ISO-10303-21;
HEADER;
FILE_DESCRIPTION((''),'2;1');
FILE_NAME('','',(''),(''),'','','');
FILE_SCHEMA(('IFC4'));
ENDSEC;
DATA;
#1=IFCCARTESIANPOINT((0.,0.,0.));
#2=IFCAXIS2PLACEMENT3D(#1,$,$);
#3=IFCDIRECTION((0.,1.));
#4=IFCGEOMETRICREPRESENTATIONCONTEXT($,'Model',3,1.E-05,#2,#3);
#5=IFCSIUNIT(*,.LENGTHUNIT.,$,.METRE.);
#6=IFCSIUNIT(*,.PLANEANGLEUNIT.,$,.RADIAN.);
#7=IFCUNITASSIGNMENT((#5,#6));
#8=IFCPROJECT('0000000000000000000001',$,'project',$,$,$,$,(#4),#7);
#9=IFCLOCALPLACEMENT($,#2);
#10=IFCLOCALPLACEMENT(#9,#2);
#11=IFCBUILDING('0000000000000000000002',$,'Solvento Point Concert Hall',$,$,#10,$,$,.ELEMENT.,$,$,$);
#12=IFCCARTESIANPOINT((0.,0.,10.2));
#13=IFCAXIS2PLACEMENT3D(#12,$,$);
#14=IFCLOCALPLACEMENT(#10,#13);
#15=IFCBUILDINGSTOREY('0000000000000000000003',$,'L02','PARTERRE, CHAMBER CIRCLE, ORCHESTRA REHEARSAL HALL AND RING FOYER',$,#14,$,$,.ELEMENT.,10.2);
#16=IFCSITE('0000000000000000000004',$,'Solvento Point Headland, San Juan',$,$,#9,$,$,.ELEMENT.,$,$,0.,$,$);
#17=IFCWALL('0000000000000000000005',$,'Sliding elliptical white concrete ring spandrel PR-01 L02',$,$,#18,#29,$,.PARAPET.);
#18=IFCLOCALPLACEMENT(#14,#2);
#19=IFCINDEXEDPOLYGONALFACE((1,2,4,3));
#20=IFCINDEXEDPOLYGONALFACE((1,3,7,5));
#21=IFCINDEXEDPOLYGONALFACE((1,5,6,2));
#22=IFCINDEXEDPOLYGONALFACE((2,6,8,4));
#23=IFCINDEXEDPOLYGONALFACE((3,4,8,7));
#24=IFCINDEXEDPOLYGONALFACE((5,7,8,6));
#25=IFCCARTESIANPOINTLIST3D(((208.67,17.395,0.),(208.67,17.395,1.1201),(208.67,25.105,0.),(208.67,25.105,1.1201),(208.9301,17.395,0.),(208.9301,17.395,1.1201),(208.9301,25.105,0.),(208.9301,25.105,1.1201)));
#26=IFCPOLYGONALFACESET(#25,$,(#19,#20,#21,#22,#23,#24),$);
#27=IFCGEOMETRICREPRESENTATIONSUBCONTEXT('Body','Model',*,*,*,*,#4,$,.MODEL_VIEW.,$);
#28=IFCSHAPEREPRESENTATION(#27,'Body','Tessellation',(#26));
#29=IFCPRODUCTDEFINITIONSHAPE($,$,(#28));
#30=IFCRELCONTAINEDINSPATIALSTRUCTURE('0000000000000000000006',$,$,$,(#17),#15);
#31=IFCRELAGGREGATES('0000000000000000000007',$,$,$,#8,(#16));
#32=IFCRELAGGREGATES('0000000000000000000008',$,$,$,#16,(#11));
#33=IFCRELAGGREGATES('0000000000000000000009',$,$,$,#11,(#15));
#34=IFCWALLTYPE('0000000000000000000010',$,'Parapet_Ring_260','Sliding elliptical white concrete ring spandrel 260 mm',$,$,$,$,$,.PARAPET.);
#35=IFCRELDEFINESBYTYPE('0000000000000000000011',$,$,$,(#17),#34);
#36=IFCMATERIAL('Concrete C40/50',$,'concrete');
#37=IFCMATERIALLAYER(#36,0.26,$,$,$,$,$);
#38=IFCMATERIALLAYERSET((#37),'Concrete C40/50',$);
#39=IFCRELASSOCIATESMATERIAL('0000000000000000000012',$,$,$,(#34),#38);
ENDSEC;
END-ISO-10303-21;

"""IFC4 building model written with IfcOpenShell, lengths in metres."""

from ifc_helpers import new_model, si_unit, direction, frame, frame_2d, origin, place, context, subcontext, project, spatial, rectangle, extrude, material, layer, layer_set, type_object, element, save


model = new_model("IFC4")

# Units and contexts
model_context = context("Model", 3, precision=1e-05, world=origin(), true_north=direction((0.0, 1.0)))
body_context = subcontext(model_context, "Body", "Model", "MODEL_VIEW")
ifc_project = project(units=[si_unit("LENGTHUNIT", "METRE"), si_unit("PLANEANGLEUNIT", "RADIAN")], contexts=[model_context])

# Site, building, storey
site_placement = place(None, origin())
site = spatial("IfcSite", under=ifc_project, at=site_placement, Name="Solvento Point Headland, San Juan", CompositionType="ELEMENT", RefElevation=0.0)
building_placement = place(site_placement, origin())
building = spatial("IfcBuilding", under=site, at=building_placement, Name="Solvento Point Concert Hall", CompositionType="ELEMENT")
storey_placement = place(building_placement, frame((0.0, 0.0, 10.2)))
storey = spatial("IfcBuildingStorey", under=building, at=storey_placement, Name="L02", Description="PARTERRE, CHAMBER CIRCLE, ORCHESTRA REHEARSAL HALL AND RING FOYER", CompositionType="ELEMENT", Elevation=10.2)

# Wall
ifc_material_1 = material(Name="Concrete C40/50", Category="concrete")
ifc_layer = layer(ifc_material_1, 0.26)
ifc_layer_set = layer_set([ifc_layer], Name="Concrete C40/50")
wall_type = type_object("IfcWallType", Name="Parapet_Ring_260", Description="Sliding elliptical white concrete ring spandrel 260 mm", PredefinedType="PARAPET", material=ifc_layer_set)
wall_placement = place(storey_placement, frame((208.8, 25.105, 0.0), z_axis=(0.0, 0.0, 1.0), x_axis=(0.0, -1.0, 0.0)))
element("IfcWall", 1, at=wall_placement, inside=storey, type_object=wall_type, Name="Sliding elliptical white concrete ring spandrel PR-01 L02", PredefinedType="PARAPET", context=body_context, shape_type="SweptSolid", body=[
    extrude(rectangle(XDim=7.71, YDim=0.26, at=frame_2d((3.855, 0.0))), origin(), (0.0, 0.0, 1.0), 1.1201),
])

save(model, "model.ifc")
